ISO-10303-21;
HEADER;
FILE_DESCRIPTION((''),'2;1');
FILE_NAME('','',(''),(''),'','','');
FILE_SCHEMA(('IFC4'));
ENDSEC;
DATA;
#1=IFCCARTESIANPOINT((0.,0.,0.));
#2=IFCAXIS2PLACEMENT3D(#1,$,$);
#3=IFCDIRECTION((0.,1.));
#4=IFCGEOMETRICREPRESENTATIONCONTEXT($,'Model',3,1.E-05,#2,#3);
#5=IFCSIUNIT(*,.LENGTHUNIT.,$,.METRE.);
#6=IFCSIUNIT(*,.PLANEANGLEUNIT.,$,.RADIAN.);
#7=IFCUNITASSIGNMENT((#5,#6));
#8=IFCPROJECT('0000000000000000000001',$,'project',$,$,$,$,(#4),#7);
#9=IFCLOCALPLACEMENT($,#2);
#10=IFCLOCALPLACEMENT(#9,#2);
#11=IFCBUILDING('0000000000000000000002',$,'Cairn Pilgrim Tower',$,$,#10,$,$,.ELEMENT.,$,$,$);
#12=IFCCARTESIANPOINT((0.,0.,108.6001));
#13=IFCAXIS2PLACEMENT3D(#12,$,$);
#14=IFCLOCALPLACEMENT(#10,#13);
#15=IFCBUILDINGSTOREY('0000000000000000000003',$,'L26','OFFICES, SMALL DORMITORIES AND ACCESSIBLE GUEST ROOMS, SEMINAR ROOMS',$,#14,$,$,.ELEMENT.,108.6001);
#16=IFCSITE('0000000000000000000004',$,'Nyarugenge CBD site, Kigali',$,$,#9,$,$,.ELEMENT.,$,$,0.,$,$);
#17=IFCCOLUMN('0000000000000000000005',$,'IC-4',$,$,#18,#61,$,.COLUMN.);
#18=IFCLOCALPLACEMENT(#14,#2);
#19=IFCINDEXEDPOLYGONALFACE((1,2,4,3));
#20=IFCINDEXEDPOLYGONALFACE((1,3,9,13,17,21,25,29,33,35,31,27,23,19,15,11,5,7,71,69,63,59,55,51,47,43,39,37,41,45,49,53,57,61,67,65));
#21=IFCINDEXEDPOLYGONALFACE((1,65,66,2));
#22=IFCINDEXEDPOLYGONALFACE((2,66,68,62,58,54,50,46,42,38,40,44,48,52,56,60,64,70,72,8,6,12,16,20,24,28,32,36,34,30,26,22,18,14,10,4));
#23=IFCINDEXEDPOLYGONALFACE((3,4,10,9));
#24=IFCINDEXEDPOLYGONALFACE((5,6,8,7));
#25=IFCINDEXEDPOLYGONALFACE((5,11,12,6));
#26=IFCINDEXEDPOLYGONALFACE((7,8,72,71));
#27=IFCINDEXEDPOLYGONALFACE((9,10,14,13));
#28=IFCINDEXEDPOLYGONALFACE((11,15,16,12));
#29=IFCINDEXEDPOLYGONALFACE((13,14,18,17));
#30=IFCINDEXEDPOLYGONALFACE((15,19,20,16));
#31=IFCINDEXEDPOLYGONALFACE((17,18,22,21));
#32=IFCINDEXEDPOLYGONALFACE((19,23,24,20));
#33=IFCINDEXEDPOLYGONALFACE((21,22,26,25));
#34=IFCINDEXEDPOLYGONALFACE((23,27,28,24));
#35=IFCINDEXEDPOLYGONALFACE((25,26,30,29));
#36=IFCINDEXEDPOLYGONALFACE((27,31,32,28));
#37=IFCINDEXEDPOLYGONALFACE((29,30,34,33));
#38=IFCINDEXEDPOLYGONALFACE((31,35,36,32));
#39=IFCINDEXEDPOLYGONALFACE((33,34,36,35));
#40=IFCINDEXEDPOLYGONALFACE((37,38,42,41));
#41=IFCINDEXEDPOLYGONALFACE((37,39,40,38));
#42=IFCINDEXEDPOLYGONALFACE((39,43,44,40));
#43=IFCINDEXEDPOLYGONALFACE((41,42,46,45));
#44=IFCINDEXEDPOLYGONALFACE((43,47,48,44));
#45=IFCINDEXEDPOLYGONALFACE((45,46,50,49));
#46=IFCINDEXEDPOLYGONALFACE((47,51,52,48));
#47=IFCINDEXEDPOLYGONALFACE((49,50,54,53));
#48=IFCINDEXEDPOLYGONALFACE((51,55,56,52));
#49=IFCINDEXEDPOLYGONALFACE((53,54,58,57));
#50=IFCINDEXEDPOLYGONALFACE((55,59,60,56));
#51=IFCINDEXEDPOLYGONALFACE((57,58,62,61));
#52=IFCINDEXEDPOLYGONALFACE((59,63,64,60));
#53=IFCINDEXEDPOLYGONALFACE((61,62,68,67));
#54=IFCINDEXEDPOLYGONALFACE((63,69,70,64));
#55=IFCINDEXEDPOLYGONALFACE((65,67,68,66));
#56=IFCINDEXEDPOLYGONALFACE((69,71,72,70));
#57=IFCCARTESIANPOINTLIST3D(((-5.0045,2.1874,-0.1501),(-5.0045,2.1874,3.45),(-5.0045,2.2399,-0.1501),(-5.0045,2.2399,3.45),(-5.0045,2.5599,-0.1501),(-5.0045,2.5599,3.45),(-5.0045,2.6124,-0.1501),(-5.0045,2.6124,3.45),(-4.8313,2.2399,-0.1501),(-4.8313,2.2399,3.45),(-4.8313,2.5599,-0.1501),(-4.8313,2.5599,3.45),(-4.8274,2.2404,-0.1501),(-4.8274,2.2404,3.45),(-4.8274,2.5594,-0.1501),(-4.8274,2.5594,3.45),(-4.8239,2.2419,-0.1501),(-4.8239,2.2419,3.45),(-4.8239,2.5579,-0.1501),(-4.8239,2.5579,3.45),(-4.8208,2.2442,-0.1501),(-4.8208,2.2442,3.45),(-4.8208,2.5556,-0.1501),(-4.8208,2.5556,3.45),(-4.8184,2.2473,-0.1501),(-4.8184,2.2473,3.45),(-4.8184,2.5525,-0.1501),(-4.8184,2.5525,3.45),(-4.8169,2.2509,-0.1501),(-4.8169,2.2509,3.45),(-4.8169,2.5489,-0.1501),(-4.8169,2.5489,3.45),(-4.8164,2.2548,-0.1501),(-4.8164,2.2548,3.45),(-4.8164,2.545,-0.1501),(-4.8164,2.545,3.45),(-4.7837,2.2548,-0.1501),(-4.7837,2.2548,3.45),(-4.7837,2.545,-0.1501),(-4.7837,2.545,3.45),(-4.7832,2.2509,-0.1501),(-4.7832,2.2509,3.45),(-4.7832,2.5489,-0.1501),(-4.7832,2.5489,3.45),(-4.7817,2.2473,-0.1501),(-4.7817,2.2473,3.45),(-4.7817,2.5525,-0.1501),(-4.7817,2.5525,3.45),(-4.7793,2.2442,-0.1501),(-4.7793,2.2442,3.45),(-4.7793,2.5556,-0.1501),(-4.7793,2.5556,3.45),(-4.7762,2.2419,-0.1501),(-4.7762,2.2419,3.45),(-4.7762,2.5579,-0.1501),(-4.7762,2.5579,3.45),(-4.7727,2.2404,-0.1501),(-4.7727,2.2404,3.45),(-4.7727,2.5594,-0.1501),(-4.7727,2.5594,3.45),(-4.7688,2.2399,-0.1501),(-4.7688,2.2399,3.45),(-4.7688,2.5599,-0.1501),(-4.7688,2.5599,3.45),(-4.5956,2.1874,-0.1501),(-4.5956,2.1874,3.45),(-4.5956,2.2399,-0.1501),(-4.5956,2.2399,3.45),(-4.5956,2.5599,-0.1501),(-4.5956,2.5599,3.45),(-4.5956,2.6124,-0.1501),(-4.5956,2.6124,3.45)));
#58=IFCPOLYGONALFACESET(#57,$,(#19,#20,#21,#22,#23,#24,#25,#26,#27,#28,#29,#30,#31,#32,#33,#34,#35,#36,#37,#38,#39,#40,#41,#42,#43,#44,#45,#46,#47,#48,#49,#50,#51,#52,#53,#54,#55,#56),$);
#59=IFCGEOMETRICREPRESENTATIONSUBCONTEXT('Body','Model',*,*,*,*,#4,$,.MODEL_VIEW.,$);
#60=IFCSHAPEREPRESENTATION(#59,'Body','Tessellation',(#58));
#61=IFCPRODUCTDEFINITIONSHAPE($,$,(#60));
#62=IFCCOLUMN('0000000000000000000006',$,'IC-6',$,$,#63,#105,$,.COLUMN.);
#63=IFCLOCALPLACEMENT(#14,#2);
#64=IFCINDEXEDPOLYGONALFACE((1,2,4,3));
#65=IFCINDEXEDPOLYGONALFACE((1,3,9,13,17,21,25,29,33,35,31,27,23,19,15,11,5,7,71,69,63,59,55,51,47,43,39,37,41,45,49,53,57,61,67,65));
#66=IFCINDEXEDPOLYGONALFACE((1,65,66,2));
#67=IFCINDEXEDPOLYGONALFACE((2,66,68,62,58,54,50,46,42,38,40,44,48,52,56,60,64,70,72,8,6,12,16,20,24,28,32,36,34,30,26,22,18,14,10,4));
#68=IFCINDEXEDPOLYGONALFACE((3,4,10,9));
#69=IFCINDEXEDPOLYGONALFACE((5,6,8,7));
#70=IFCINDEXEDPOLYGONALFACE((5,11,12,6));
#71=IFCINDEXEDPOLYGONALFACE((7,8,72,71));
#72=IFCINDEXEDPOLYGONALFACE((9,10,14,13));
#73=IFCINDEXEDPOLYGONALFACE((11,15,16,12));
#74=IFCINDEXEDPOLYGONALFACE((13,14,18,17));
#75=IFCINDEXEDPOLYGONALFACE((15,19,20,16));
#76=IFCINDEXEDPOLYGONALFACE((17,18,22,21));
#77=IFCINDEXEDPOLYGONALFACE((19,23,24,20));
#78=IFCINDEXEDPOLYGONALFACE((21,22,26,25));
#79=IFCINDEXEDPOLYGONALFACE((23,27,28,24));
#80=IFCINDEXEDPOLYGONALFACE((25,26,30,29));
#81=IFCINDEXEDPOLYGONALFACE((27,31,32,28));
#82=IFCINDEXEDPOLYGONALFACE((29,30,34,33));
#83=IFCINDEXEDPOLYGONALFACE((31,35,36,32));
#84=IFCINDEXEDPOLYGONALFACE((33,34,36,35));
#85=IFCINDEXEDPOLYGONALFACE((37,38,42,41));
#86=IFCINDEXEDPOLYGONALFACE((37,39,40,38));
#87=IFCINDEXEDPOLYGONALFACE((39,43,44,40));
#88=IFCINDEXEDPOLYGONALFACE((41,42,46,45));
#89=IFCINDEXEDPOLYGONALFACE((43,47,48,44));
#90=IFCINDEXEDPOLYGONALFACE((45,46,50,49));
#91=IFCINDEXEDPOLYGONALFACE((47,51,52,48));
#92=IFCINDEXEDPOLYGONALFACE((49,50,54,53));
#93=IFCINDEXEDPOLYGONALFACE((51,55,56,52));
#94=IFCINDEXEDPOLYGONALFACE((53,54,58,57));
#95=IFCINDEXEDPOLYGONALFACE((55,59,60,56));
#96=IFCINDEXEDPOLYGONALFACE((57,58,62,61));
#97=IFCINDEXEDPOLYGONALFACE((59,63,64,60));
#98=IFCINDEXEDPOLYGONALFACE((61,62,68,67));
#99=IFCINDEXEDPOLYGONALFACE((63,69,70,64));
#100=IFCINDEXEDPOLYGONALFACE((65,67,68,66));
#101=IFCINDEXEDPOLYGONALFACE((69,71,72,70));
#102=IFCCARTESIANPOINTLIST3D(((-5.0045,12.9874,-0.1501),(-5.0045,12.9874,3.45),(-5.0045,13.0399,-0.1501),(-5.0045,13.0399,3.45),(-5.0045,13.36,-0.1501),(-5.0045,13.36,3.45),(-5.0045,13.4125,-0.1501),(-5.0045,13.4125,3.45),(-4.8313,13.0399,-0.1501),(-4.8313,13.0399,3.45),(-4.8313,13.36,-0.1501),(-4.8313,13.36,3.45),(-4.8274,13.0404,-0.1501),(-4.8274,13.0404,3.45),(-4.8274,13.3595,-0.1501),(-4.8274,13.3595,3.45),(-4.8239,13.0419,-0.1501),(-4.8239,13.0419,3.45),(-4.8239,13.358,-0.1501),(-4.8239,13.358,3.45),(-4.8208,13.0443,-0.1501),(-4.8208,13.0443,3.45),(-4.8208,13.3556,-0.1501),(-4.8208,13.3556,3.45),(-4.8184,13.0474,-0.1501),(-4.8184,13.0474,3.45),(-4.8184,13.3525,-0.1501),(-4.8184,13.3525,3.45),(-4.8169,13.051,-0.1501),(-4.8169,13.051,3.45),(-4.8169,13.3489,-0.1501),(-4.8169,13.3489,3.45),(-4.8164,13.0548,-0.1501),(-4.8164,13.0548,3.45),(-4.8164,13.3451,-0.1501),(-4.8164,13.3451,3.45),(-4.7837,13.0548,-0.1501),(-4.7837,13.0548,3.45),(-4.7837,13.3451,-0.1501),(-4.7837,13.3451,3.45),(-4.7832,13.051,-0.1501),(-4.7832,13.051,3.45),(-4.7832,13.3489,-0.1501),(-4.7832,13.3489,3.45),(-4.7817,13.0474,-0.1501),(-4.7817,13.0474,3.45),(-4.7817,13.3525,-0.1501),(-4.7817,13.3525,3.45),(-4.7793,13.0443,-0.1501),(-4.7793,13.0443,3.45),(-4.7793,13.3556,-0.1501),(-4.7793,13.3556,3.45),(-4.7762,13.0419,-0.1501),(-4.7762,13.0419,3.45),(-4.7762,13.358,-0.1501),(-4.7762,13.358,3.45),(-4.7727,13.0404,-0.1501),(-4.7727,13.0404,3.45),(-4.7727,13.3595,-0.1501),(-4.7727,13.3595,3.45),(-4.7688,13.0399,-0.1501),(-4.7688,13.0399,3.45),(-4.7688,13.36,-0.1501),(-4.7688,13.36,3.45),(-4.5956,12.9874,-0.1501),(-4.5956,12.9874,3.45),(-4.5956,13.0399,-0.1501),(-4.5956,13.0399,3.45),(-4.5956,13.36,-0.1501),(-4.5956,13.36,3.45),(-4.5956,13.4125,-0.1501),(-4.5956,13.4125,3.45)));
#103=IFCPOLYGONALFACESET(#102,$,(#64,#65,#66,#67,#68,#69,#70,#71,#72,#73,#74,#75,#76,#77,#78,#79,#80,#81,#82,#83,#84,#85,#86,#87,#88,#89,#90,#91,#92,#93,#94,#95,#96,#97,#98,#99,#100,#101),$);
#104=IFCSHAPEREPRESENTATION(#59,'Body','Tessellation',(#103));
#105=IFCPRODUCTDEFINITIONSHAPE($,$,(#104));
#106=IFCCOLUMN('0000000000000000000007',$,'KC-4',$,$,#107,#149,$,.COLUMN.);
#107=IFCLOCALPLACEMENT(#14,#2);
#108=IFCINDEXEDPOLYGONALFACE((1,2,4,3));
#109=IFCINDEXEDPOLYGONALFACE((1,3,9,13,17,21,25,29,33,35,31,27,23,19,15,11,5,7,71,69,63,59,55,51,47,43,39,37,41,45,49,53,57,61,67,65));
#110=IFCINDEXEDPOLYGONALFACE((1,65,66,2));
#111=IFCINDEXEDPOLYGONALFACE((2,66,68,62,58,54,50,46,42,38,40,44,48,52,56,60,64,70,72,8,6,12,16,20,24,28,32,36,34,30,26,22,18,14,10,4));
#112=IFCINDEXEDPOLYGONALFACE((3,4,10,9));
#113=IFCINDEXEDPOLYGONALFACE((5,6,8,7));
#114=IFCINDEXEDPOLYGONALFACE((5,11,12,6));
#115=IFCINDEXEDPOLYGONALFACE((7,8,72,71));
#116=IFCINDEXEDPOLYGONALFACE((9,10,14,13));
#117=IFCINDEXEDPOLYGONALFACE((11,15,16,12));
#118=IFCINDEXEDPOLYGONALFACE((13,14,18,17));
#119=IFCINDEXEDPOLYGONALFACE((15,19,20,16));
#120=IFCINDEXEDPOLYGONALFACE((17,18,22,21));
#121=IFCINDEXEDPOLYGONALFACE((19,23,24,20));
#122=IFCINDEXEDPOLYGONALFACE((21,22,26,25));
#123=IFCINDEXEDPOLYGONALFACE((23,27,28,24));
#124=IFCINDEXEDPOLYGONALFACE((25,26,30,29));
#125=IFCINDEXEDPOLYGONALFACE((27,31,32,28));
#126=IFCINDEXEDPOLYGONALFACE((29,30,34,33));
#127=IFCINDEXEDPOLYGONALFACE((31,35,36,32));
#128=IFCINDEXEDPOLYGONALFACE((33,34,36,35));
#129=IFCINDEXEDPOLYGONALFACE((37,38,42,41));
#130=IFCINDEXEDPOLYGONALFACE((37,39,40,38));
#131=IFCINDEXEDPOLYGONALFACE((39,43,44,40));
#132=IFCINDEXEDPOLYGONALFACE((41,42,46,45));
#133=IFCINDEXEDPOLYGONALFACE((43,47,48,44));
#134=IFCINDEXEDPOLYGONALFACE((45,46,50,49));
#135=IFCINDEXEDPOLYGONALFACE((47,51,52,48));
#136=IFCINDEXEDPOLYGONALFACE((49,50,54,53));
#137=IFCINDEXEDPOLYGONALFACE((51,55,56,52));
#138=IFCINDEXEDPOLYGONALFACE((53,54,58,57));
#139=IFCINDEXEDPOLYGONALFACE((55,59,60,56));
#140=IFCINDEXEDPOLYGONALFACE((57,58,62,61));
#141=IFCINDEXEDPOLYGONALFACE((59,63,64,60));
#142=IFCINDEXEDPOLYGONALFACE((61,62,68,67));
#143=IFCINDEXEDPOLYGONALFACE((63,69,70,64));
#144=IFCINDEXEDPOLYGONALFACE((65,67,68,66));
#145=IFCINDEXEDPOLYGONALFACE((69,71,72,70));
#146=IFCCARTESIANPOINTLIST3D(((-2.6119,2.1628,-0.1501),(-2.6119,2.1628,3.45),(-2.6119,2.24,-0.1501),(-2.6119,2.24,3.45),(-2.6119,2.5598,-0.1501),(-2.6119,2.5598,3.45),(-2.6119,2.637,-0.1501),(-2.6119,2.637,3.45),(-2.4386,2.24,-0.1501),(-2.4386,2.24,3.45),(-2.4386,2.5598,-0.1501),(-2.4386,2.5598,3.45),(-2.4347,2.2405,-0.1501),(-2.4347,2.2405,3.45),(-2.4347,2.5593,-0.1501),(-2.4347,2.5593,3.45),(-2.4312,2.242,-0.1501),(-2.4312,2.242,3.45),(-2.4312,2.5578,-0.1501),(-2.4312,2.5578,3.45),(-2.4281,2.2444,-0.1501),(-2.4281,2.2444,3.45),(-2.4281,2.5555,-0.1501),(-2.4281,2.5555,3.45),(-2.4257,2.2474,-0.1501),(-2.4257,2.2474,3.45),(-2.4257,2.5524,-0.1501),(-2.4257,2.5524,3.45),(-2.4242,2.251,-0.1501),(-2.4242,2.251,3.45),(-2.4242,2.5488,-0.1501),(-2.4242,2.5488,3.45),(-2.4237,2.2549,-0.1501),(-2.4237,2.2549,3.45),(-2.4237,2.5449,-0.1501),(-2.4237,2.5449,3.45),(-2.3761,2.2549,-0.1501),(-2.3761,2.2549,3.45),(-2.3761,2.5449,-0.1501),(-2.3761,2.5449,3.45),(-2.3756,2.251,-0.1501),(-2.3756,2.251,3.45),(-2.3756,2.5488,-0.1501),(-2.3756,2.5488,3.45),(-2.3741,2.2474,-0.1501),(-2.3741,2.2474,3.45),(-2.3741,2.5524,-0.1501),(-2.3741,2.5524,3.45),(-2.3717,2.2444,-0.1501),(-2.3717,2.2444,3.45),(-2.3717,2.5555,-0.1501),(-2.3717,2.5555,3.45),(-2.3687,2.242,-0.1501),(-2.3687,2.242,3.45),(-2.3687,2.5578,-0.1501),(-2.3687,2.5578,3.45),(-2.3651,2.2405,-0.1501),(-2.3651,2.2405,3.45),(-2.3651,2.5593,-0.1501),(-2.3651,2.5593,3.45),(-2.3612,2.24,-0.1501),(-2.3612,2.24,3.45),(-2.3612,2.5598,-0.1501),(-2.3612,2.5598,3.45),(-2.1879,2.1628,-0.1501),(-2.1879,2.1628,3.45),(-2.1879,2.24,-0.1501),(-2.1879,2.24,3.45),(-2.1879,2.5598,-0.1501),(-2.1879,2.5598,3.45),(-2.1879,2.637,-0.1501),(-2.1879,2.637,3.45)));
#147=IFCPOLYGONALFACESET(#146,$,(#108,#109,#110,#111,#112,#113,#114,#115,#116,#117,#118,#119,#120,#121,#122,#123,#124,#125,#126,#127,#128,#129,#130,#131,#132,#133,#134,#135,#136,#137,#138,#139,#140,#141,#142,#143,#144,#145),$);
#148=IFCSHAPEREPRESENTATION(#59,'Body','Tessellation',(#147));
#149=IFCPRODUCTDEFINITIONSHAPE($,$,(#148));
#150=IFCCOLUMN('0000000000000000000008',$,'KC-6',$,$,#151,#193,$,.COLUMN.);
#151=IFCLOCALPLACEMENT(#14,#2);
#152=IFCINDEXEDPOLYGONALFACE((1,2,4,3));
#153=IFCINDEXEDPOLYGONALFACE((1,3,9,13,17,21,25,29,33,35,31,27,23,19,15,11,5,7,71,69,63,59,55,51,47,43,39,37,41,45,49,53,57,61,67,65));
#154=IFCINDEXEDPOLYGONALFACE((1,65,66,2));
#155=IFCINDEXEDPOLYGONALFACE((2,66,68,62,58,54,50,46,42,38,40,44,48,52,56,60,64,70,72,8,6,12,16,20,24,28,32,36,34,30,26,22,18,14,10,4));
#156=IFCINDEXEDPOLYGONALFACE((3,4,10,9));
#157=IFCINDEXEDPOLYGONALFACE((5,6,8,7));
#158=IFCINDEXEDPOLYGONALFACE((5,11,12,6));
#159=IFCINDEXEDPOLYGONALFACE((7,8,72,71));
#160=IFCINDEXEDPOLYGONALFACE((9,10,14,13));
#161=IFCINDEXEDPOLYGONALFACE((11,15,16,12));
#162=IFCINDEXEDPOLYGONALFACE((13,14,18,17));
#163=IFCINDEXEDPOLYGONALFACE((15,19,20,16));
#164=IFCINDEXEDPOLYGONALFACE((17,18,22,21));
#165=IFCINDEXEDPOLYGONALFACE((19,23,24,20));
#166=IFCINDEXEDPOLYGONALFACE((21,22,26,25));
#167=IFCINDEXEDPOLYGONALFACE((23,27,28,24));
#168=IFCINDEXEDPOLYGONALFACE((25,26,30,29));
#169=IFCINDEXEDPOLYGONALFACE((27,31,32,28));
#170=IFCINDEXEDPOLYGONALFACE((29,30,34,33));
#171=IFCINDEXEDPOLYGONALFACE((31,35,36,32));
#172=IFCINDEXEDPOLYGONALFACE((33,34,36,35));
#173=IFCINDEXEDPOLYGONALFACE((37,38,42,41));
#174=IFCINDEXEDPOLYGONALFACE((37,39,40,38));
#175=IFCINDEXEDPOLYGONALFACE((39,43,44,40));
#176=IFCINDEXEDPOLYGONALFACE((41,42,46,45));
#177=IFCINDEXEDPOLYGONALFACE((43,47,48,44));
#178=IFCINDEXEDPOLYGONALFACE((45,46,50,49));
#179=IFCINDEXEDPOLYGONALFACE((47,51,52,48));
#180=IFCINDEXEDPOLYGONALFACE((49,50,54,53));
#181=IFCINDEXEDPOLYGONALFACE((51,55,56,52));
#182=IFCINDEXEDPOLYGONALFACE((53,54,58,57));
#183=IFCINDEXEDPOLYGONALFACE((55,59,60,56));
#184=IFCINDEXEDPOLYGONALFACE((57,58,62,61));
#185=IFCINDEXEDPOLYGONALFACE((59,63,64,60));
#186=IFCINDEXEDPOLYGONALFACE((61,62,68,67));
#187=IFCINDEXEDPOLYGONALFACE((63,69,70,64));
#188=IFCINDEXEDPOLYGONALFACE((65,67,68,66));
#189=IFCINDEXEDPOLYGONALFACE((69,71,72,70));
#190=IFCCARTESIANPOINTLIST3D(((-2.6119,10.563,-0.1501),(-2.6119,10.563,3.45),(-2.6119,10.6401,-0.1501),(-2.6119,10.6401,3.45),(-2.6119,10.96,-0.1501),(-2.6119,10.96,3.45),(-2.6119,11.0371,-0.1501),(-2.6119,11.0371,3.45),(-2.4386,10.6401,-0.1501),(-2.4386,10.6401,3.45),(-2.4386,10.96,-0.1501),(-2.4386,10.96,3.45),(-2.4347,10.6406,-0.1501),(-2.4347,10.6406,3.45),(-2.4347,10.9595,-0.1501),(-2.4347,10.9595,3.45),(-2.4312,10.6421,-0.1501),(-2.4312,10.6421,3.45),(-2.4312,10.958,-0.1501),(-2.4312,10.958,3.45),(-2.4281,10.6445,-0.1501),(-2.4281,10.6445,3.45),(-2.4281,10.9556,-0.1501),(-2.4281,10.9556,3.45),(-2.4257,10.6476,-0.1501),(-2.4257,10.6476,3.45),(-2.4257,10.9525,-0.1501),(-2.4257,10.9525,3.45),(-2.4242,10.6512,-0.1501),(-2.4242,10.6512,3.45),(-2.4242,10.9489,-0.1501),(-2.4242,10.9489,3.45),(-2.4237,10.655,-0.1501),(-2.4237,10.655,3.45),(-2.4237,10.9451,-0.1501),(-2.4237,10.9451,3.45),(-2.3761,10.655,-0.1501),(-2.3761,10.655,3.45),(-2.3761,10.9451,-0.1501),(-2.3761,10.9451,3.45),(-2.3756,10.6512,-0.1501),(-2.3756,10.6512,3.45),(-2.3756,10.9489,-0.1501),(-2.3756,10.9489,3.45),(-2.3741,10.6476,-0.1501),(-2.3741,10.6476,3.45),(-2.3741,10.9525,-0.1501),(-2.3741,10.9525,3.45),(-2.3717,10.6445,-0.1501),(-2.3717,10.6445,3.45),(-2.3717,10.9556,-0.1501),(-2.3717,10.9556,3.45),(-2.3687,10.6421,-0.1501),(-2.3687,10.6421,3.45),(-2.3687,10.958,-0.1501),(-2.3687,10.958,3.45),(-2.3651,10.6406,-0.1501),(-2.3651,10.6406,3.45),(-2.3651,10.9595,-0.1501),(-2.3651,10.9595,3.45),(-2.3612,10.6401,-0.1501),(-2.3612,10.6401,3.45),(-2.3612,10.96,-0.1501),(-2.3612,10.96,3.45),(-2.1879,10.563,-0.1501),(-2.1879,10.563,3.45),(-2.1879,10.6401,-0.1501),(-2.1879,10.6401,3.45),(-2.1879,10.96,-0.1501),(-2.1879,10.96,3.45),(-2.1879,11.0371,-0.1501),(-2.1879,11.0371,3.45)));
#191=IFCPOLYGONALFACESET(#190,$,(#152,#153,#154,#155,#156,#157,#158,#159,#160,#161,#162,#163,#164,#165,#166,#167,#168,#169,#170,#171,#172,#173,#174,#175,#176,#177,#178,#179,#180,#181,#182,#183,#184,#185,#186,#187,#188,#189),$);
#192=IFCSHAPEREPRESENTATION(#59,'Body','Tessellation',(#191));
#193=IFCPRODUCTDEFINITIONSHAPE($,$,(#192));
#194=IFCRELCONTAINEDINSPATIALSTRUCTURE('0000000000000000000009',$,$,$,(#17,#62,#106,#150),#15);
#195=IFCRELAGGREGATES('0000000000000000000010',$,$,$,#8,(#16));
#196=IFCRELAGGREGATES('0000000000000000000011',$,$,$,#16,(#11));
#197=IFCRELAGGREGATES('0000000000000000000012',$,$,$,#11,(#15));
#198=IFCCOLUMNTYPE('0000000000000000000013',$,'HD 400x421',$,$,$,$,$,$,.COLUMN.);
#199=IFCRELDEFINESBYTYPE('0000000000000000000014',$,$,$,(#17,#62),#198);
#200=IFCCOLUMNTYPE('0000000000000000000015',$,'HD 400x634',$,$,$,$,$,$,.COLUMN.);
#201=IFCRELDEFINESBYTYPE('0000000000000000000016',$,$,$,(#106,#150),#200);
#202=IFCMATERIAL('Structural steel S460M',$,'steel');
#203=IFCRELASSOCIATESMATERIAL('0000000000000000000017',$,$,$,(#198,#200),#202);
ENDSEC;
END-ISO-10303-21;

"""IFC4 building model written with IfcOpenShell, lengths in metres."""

from ifc_helpers import new_model, si_unit, direction, frame, origin, origin_2d, place, context, subcontext, project, spatial, i_section, extrude, material, material_profile, profile_set, type_object, element, save


model = new_model("IFC4")

# Units and contexts
model_context = context("Model", 3, precision=1e-05, world=origin(), true_north=direction((0.0, 1.0)))
body_context = subcontext(model_context, "Body", "Model", "MODEL_VIEW")
ifc_project = project(units=[si_unit("LENGTHUNIT", "METRE"), si_unit("PLANEANGLEUNIT", "RADIAN")], contexts=[model_context])

# Site, building, storey
site_placement = place(None, origin())
site = spatial("IfcSite", under=ifc_project, at=site_placement, Name="Nyarugenge CBD site, Kigali", CompositionType="ELEMENT", RefElevation=0.0)
building_placement = place(site_placement, origin())
building = spatial("IfcBuilding", under=site, at=building_placement, Name="Cairn Pilgrim Tower", CompositionType="ELEMENT")
storey_placement = place(building_placement, frame((0.0, 0.0, 108.6001)))
storey = spatial("IfcBuildingStorey", under=building, at=storey_placement, Name="L26", Description="OFFICES, SMALL DORMITORIES AND ACCESSIBLE GUEST ROOMS, SEMINAR ROOMS", CompositionType="ELEMENT", Elevation=108.6001)

# Columns
ifc_material_1 = material(Name="Structural steel S460M", Category="steel")
ifc_material_profile_1 = material_profile(ifc_material_1, i_section(OverallWidth=0.4089, OverallDepth=0.425, WebThickness=0.0327, FlangeThickness=0.0525, FilletRadius=0.0149, at=origin_2d()), Name="HD 400x421")
ifc_profile_set_1 = profile_set([ifc_material_profile_1], Name="Structural steel S460M")
column_type_1 = type_object("IfcColumnType", Name="HD 400x421", PredefinedType="COLUMN", material=ifc_profile_set_1)
for number, where, z_axis, x_axis, name in (
    (1, (-4.8, 2.3999, -0.1501), (0.0, 0.0, 1.0), (1.0, 0.0, 0.0), "IC-4"),
    (2, (-4.8, 13.2, -0.1501), (0.0, 0.0, 1.0), (1.0, 0.0, 0.0), "IC-6"),
):
    element("IfcColumn", number, at=place(storey_placement, frame(where, z_axis=z_axis, x_axis=x_axis)), inside=storey, type_object=column_type_1, Name=name, PredefinedType="COLUMN", context=body_context, shape_type="SweptSolid", body=[
        extrude(i_section(OverallWidth=0.4089, OverallDepth=0.425, WebThickness=0.0327, FlangeThickness=0.0525, FilletRadius=0.0149, at=origin_2d()), origin(), (0.0, 0.0, 1.0), 3.6001),
    ])
ifc_material_profile_2 = material_profile(ifc_material_1, i_section(OverallWidth=0.4241, OverallDepth=0.4741, WebThickness=0.0476, FlangeThickness=0.0771, FilletRadius=0.0149, at=origin_2d()), Name="HD 400x634")
ifc_profile_set_2 = profile_set([ifc_material_profile_2], Name="Structural steel S460M")
column_type_2 = type_object("IfcColumnType", Name="HD 400x634", PredefinedType="COLUMN", material=ifc_profile_set_2)
for number, where, z_axis, x_axis, name in (
    (3, (-2.3999, 2.3999, -0.1501), (0.0, 0.0, 1.0), (1.0, 0.0, 0.0), "KC-4"),
    (4, (-2.3999, 10.8, -0.1501), (0.0, 0.0, 1.0), (1.0, 0.0, 0.0), "KC-6"),
):
    element("IfcColumn", number, at=place(storey_placement, frame(where, z_axis=z_axis, x_axis=x_axis)), inside=storey, type_object=column_type_2, Name=name, PredefinedType="COLUMN", context=body_context, shape_type="SweptSolid", body=[
        extrude(i_section(OverallWidth=0.4241, OverallDepth=0.4741, WebThickness=0.0476, FlangeThickness=0.0771, FilletRadius=0.0149, at=origin_2d()), origin(), (0.0, 0.0, 1.0), 3.6001),
    ])

save(model, "model.ifc")
